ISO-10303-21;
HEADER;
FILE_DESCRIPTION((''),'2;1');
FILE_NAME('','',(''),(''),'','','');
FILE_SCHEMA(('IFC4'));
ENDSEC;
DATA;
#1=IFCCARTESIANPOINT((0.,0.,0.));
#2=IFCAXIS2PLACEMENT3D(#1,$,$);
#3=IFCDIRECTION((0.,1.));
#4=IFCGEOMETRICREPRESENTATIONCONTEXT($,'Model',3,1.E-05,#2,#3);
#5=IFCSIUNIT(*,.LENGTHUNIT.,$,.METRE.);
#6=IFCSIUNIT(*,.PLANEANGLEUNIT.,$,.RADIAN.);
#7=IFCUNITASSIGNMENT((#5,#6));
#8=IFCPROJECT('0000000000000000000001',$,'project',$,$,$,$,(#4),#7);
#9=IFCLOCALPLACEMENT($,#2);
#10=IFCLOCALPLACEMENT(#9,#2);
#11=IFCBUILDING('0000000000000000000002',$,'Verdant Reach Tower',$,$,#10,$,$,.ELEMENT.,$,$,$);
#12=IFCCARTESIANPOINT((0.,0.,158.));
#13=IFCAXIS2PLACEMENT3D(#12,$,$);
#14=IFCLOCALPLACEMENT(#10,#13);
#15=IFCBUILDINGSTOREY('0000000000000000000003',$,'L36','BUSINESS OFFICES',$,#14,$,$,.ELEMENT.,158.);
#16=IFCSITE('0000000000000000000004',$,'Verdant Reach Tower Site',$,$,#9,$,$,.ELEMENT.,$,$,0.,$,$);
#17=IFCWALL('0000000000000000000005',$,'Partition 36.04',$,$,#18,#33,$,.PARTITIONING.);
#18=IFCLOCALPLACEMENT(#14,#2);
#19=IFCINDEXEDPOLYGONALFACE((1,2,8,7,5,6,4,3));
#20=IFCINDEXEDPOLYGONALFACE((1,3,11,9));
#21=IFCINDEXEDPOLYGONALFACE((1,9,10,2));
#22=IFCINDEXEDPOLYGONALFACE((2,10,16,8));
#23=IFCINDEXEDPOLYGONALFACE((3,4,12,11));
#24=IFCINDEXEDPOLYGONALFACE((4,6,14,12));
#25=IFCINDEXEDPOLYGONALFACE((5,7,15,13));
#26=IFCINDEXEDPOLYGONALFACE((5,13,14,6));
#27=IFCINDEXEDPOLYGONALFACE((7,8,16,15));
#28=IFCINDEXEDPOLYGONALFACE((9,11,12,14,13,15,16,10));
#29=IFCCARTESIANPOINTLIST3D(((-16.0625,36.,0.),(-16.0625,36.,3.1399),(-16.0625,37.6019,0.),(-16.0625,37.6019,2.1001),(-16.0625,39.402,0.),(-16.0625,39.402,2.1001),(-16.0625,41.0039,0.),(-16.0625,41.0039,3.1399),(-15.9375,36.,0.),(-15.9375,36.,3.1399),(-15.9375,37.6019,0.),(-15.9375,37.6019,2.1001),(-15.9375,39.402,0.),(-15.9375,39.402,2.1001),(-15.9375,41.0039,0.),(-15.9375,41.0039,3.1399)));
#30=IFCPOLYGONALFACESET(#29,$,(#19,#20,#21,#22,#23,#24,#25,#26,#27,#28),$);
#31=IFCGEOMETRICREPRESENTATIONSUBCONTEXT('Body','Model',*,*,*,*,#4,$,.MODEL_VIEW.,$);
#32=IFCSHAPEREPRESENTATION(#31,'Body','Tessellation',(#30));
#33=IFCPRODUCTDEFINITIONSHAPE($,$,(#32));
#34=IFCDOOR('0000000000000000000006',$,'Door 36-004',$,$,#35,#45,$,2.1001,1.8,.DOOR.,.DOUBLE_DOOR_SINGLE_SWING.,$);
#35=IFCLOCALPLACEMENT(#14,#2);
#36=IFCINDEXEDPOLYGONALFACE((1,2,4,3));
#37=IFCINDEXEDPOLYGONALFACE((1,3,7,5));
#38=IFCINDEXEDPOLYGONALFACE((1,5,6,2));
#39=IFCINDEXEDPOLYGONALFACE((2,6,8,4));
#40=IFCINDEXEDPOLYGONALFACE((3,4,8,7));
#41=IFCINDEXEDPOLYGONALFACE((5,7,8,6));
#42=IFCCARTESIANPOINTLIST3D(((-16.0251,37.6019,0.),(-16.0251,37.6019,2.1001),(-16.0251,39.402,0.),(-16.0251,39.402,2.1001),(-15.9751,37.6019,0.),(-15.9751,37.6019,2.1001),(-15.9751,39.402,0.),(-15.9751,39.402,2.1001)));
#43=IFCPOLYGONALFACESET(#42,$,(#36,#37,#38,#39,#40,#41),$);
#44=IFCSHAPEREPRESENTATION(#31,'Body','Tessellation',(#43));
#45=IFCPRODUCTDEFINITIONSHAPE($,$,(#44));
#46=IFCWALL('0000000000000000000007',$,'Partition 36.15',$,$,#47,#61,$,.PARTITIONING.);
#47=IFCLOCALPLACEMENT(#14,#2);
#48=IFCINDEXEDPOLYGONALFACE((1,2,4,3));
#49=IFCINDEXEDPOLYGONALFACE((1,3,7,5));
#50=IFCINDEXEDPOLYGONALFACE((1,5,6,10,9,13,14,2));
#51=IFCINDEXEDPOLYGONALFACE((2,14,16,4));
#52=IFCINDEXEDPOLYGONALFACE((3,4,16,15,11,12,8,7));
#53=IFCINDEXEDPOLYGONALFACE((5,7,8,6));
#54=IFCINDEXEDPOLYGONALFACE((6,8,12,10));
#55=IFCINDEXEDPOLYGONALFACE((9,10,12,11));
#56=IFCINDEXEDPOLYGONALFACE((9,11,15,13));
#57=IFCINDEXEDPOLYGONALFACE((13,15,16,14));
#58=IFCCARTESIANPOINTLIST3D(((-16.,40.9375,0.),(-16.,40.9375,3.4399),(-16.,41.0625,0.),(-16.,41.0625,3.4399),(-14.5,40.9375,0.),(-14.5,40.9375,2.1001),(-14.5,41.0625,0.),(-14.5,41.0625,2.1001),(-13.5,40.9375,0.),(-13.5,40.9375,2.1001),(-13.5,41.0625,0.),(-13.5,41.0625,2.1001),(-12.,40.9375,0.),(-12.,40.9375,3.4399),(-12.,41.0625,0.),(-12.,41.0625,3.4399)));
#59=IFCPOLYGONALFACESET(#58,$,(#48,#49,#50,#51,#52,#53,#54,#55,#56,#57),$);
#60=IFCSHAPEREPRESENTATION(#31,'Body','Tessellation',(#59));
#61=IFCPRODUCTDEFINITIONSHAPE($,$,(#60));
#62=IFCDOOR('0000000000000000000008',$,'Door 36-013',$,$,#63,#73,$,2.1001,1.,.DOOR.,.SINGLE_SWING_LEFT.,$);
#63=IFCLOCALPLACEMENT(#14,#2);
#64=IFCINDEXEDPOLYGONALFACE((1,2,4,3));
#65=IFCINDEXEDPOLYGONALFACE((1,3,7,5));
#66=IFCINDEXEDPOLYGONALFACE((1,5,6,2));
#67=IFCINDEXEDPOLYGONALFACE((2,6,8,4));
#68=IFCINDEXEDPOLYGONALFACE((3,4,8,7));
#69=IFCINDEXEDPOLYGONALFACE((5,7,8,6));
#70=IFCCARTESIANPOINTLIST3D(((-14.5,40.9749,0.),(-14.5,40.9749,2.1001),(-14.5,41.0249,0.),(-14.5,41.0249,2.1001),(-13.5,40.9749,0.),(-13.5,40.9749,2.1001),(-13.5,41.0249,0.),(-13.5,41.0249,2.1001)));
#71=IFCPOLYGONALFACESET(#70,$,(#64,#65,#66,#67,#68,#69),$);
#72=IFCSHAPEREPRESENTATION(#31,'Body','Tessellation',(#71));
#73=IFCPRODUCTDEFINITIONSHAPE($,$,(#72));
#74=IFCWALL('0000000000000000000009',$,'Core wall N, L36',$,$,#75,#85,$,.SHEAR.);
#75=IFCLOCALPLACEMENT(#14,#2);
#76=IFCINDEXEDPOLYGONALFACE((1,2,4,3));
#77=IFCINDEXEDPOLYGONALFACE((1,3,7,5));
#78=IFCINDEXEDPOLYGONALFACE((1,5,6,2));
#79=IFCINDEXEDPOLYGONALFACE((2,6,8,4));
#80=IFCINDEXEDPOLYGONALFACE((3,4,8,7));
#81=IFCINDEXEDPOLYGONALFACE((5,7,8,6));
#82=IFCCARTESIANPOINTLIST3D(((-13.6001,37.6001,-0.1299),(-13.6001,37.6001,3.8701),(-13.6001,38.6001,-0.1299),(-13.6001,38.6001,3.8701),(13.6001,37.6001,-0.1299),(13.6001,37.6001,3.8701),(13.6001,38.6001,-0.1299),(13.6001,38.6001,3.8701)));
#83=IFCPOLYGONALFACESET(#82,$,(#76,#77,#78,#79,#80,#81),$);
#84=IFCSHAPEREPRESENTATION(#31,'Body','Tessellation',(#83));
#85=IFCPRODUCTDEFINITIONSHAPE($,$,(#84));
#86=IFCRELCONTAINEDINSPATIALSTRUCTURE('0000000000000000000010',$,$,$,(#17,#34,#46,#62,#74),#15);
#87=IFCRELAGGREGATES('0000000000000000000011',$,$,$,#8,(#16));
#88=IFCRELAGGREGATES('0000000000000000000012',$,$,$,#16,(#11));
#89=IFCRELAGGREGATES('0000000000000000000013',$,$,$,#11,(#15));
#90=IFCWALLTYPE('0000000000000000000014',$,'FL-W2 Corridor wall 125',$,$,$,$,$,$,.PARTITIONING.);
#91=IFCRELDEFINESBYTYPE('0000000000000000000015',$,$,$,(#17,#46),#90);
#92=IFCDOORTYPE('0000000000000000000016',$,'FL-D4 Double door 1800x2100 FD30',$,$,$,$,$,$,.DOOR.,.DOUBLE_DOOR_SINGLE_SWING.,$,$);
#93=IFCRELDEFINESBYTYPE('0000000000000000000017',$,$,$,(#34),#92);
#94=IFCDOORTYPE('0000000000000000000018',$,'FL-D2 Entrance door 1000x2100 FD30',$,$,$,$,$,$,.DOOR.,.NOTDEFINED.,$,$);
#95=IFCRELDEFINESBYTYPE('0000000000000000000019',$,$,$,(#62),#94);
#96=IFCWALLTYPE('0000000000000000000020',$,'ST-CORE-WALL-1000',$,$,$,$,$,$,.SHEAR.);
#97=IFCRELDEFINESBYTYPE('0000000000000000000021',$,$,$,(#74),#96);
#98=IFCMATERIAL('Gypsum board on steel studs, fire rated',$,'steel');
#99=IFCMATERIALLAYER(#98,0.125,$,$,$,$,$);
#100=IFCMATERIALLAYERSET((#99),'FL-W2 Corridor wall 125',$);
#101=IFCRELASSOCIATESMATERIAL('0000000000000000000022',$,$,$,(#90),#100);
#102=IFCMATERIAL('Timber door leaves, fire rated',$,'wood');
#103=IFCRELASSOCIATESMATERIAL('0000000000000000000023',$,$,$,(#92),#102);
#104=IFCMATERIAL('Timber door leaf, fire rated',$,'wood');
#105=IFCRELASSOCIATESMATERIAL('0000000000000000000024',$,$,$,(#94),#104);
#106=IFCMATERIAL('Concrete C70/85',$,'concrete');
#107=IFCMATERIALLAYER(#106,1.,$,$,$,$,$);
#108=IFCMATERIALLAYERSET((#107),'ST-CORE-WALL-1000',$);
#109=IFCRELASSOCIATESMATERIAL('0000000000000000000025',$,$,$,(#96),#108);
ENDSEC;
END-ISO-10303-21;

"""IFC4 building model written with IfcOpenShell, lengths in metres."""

from ifc_helpers import new_model, si_unit, direction, frame, frame_2d, origin, place, context, subcontext, project, spatial, rectangle, extrude, material, layer, layer_set, type_object, element, fill, save


model = new_model("IFC4")

# Units and contexts
model_context = context("Model", 3, precision=1e-05, world=origin(), true_north=direction((0.0, 1.0)))
body_context = subcontext(model_context, "Body", "Model", "MODEL_VIEW")
ifc_project = project(units=[si_unit("LENGTHUNIT", "METRE"), si_unit("PLANEANGLEUNIT", "RADIAN")], contexts=[model_context])

# Site, building, storey
site_placement = place(None, origin())
site = spatial("IfcSite", under=ifc_project, at=site_placement, Name="Verdant Reach Tower Site", CompositionType="ELEMENT", RefElevation=0.0)
building_placement = place(site_placement, origin())
building = spatial("IfcBuilding", under=site, at=building_placement, Name="Verdant Reach Tower", CompositionType="ELEMENT")
storey_placement = place(building_placement, frame((0.0, 0.0, 158.0)))
storey = spatial("IfcBuildingStorey", under=building, at=storey_placement, Name="L36", Description="BUSINESS OFFICES", CompositionType="ELEMENT", Elevation=158.0)

# Walls, openings, doors
ifc_material_1 = material(Name="Gypsum board on steel studs, fire rated", Category="steel")
ifc_layer_1 = layer(ifc_material_1, 0.125)
ifc_layer_set_1 = layer_set([ifc_layer_1], Name="FL-W2 Corridor wall 125")
wall_type_1 = type_object("IfcWallType", Name="FL-W2 Corridor wall 125", PredefinedType="PARTITIONING", material=ifc_layer_set_1)
wall_1_placement = place(storey_placement, frame((-16.0, 41.0039, 0.0), z_axis=(0.0, 0.0, 1.0), x_axis=(0.0, -1.0, 0.0)))
wall_1 = element("IfcWall", 1, at=wall_1_placement, inside=storey, type_object=wall_type_1, Name="Partition 36.04", PredefinedType="PARTITIONING", context=body_context, shape_type="SweptSolid", body=[
    extrude(rectangle(XDim=5.0039, YDim=0.125, at=frame_2d((2.502, 0.0))), origin(), (0.0, 0.0, 1.0), 3.1399),
])
opening_1_placement = place(wall_1_placement, frame((1.6021, 0.0, 0.0)))
opening_1 = element("IfcOpeningElement", 2, at=opening_1_placement, cuts=wall_1, PredefinedType="OPENING", context=body_context, shape_type="SweptSolid", body=[
    extrude(rectangle(XDim=1.8, YDim=2.1001, at=frame_2d((0.8999, 1.05))), frame((0.0, 0.0725, 0.0), z_axis=(0.0, -1.0, 0.0), x_axis=(1.0, 0.0, 0.0)), (0.0, 0.0, 1.0), 0.145),
])
ifc_material_2 = material(Name="Timber door leaves, fire rated", Category="wood")
door_type_1 = type_object("IfcDoorType", Name="FL-D4 Double door 1800x2100 FD30", OperationType="DOUBLE_DOOR_SINGLE_SWING", PredefinedType="DOOR", material=ifc_material_2)
door_1_placement = place(opening_1_placement, origin())
door_1 = element("IfcDoor", 3, at=door_1_placement, inside=storey, type_object=door_type_1, Name="Door 36-004", OperationType="DOUBLE_DOOR_SINGLE_SWING", OverallHeight=2.1001, OverallWidth=1.8, PredefinedType="DOOR", context=body_context, shape_type="SweptSolid", body=[
    extrude(rectangle(XDim=1.8, YDim=2.1001, at=frame_2d((0.8999, 1.05))), frame((0.0, 0.0249, 0.0), z_axis=(0.0, -1.0, 0.0), x_axis=(1.0, 0.0, 0.0)), (0.0, 0.0, 1.0), 0.05),
])
fill(opening_1, door_1)
wall_2_placement = place(storey_placement, frame((-16.0, 41.0, 0.0), z_axis=(0.0, 0.0, 1.0), x_axis=(1.0, 0.0, 0.0)))
wall_2 = element("IfcWall", 4, at=wall_2_placement, inside=storey, type_object=wall_type_1, Name="Partition 36.15", PredefinedType="PARTITIONING", context=body_context, shape_type="SweptSolid", body=[
    extrude(rectangle(XDim=4.0, YDim=0.125, at=frame_2d((2.0, 0.0))), origin(), (0.0, 0.0, 1.0), 3.4399),
])
opening_2_placement = place(wall_2_placement, frame((1.5, 0.0, 0.0)))
opening_2 = element("IfcOpeningElement", 5, at=opening_2_placement, cuts=wall_2, PredefinedType="OPENING", context=body_context, shape_type="SweptSolid", body=[
    extrude(rectangle(XDim=1.0, YDim=2.1001, at=frame_2d((0.5, 1.05))), frame((0.0, 0.0725, 0.0), z_axis=(0.0, -1.0, 0.0), x_axis=(1.0, 0.0, 0.0)), (0.0, 0.0, 1.0), 0.145),
])
ifc_material_3 = material(Name="Timber door leaf, fire rated", Category="wood")
door_type_2 = type_object("IfcDoorType", Name="FL-D2 Entrance door 1000x2100 FD30", OperationType="NOTDEFINED", PredefinedType="DOOR", material=ifc_material_3)
door_2_placement = place(opening_2_placement, origin())
door_2 = element("IfcDoor", 6, at=door_2_placement, inside=storey, type_object=door_type_2, Name="Door 36-013", OperationType="SINGLE_SWING_LEFT", OverallHeight=2.1001, OverallWidth=1.0, PredefinedType="DOOR", context=body_context, shape_type="SweptSolid", body=[
    extrude(rectangle(XDim=1.0, YDim=2.1001, at=frame_2d((0.5, 1.05))), frame((0.0, 0.0249, 0.0), z_axis=(0.0, -1.0, 0.0), x_axis=(1.0, 0.0, 0.0)), (0.0, 0.0, 1.0), 0.05),
])
fill(opening_2, door_2)

# Wall
ifc_material_4 = material(Name="Concrete C70/85", Category="concrete")
ifc_layer_2 = layer(ifc_material_4, 1.0)
ifc_layer_set_2 = layer_set([ifc_layer_2], Name="ST-CORE-WALL-1000")
wall_type_2 = type_object("IfcWallType", Name="ST-CORE-WALL-1000", PredefinedType="SHEAR", material=ifc_layer_set_2)
wall_3_placement = place(storey_placement, frame((-13.6001, 38.1001, -0.1299), z_axis=(0.0, 0.0, 1.0), x_axis=(1.0, 0.0, 0.0)))
element("IfcWall", 7, at=wall_3_placement, inside=storey, type_object=wall_type_2, Name="Core wall N, L36", PredefinedType="SHEAR", context=body_context, shape_type="SweptSolid", body=[
    extrude(rectangle(XDim=27.2002, YDim=1.0, at=frame_2d((13.6001, 0.0))), origin(), (0.0, 0.0, 1.0), 4.0),
])

save(model, "model.ifc")
